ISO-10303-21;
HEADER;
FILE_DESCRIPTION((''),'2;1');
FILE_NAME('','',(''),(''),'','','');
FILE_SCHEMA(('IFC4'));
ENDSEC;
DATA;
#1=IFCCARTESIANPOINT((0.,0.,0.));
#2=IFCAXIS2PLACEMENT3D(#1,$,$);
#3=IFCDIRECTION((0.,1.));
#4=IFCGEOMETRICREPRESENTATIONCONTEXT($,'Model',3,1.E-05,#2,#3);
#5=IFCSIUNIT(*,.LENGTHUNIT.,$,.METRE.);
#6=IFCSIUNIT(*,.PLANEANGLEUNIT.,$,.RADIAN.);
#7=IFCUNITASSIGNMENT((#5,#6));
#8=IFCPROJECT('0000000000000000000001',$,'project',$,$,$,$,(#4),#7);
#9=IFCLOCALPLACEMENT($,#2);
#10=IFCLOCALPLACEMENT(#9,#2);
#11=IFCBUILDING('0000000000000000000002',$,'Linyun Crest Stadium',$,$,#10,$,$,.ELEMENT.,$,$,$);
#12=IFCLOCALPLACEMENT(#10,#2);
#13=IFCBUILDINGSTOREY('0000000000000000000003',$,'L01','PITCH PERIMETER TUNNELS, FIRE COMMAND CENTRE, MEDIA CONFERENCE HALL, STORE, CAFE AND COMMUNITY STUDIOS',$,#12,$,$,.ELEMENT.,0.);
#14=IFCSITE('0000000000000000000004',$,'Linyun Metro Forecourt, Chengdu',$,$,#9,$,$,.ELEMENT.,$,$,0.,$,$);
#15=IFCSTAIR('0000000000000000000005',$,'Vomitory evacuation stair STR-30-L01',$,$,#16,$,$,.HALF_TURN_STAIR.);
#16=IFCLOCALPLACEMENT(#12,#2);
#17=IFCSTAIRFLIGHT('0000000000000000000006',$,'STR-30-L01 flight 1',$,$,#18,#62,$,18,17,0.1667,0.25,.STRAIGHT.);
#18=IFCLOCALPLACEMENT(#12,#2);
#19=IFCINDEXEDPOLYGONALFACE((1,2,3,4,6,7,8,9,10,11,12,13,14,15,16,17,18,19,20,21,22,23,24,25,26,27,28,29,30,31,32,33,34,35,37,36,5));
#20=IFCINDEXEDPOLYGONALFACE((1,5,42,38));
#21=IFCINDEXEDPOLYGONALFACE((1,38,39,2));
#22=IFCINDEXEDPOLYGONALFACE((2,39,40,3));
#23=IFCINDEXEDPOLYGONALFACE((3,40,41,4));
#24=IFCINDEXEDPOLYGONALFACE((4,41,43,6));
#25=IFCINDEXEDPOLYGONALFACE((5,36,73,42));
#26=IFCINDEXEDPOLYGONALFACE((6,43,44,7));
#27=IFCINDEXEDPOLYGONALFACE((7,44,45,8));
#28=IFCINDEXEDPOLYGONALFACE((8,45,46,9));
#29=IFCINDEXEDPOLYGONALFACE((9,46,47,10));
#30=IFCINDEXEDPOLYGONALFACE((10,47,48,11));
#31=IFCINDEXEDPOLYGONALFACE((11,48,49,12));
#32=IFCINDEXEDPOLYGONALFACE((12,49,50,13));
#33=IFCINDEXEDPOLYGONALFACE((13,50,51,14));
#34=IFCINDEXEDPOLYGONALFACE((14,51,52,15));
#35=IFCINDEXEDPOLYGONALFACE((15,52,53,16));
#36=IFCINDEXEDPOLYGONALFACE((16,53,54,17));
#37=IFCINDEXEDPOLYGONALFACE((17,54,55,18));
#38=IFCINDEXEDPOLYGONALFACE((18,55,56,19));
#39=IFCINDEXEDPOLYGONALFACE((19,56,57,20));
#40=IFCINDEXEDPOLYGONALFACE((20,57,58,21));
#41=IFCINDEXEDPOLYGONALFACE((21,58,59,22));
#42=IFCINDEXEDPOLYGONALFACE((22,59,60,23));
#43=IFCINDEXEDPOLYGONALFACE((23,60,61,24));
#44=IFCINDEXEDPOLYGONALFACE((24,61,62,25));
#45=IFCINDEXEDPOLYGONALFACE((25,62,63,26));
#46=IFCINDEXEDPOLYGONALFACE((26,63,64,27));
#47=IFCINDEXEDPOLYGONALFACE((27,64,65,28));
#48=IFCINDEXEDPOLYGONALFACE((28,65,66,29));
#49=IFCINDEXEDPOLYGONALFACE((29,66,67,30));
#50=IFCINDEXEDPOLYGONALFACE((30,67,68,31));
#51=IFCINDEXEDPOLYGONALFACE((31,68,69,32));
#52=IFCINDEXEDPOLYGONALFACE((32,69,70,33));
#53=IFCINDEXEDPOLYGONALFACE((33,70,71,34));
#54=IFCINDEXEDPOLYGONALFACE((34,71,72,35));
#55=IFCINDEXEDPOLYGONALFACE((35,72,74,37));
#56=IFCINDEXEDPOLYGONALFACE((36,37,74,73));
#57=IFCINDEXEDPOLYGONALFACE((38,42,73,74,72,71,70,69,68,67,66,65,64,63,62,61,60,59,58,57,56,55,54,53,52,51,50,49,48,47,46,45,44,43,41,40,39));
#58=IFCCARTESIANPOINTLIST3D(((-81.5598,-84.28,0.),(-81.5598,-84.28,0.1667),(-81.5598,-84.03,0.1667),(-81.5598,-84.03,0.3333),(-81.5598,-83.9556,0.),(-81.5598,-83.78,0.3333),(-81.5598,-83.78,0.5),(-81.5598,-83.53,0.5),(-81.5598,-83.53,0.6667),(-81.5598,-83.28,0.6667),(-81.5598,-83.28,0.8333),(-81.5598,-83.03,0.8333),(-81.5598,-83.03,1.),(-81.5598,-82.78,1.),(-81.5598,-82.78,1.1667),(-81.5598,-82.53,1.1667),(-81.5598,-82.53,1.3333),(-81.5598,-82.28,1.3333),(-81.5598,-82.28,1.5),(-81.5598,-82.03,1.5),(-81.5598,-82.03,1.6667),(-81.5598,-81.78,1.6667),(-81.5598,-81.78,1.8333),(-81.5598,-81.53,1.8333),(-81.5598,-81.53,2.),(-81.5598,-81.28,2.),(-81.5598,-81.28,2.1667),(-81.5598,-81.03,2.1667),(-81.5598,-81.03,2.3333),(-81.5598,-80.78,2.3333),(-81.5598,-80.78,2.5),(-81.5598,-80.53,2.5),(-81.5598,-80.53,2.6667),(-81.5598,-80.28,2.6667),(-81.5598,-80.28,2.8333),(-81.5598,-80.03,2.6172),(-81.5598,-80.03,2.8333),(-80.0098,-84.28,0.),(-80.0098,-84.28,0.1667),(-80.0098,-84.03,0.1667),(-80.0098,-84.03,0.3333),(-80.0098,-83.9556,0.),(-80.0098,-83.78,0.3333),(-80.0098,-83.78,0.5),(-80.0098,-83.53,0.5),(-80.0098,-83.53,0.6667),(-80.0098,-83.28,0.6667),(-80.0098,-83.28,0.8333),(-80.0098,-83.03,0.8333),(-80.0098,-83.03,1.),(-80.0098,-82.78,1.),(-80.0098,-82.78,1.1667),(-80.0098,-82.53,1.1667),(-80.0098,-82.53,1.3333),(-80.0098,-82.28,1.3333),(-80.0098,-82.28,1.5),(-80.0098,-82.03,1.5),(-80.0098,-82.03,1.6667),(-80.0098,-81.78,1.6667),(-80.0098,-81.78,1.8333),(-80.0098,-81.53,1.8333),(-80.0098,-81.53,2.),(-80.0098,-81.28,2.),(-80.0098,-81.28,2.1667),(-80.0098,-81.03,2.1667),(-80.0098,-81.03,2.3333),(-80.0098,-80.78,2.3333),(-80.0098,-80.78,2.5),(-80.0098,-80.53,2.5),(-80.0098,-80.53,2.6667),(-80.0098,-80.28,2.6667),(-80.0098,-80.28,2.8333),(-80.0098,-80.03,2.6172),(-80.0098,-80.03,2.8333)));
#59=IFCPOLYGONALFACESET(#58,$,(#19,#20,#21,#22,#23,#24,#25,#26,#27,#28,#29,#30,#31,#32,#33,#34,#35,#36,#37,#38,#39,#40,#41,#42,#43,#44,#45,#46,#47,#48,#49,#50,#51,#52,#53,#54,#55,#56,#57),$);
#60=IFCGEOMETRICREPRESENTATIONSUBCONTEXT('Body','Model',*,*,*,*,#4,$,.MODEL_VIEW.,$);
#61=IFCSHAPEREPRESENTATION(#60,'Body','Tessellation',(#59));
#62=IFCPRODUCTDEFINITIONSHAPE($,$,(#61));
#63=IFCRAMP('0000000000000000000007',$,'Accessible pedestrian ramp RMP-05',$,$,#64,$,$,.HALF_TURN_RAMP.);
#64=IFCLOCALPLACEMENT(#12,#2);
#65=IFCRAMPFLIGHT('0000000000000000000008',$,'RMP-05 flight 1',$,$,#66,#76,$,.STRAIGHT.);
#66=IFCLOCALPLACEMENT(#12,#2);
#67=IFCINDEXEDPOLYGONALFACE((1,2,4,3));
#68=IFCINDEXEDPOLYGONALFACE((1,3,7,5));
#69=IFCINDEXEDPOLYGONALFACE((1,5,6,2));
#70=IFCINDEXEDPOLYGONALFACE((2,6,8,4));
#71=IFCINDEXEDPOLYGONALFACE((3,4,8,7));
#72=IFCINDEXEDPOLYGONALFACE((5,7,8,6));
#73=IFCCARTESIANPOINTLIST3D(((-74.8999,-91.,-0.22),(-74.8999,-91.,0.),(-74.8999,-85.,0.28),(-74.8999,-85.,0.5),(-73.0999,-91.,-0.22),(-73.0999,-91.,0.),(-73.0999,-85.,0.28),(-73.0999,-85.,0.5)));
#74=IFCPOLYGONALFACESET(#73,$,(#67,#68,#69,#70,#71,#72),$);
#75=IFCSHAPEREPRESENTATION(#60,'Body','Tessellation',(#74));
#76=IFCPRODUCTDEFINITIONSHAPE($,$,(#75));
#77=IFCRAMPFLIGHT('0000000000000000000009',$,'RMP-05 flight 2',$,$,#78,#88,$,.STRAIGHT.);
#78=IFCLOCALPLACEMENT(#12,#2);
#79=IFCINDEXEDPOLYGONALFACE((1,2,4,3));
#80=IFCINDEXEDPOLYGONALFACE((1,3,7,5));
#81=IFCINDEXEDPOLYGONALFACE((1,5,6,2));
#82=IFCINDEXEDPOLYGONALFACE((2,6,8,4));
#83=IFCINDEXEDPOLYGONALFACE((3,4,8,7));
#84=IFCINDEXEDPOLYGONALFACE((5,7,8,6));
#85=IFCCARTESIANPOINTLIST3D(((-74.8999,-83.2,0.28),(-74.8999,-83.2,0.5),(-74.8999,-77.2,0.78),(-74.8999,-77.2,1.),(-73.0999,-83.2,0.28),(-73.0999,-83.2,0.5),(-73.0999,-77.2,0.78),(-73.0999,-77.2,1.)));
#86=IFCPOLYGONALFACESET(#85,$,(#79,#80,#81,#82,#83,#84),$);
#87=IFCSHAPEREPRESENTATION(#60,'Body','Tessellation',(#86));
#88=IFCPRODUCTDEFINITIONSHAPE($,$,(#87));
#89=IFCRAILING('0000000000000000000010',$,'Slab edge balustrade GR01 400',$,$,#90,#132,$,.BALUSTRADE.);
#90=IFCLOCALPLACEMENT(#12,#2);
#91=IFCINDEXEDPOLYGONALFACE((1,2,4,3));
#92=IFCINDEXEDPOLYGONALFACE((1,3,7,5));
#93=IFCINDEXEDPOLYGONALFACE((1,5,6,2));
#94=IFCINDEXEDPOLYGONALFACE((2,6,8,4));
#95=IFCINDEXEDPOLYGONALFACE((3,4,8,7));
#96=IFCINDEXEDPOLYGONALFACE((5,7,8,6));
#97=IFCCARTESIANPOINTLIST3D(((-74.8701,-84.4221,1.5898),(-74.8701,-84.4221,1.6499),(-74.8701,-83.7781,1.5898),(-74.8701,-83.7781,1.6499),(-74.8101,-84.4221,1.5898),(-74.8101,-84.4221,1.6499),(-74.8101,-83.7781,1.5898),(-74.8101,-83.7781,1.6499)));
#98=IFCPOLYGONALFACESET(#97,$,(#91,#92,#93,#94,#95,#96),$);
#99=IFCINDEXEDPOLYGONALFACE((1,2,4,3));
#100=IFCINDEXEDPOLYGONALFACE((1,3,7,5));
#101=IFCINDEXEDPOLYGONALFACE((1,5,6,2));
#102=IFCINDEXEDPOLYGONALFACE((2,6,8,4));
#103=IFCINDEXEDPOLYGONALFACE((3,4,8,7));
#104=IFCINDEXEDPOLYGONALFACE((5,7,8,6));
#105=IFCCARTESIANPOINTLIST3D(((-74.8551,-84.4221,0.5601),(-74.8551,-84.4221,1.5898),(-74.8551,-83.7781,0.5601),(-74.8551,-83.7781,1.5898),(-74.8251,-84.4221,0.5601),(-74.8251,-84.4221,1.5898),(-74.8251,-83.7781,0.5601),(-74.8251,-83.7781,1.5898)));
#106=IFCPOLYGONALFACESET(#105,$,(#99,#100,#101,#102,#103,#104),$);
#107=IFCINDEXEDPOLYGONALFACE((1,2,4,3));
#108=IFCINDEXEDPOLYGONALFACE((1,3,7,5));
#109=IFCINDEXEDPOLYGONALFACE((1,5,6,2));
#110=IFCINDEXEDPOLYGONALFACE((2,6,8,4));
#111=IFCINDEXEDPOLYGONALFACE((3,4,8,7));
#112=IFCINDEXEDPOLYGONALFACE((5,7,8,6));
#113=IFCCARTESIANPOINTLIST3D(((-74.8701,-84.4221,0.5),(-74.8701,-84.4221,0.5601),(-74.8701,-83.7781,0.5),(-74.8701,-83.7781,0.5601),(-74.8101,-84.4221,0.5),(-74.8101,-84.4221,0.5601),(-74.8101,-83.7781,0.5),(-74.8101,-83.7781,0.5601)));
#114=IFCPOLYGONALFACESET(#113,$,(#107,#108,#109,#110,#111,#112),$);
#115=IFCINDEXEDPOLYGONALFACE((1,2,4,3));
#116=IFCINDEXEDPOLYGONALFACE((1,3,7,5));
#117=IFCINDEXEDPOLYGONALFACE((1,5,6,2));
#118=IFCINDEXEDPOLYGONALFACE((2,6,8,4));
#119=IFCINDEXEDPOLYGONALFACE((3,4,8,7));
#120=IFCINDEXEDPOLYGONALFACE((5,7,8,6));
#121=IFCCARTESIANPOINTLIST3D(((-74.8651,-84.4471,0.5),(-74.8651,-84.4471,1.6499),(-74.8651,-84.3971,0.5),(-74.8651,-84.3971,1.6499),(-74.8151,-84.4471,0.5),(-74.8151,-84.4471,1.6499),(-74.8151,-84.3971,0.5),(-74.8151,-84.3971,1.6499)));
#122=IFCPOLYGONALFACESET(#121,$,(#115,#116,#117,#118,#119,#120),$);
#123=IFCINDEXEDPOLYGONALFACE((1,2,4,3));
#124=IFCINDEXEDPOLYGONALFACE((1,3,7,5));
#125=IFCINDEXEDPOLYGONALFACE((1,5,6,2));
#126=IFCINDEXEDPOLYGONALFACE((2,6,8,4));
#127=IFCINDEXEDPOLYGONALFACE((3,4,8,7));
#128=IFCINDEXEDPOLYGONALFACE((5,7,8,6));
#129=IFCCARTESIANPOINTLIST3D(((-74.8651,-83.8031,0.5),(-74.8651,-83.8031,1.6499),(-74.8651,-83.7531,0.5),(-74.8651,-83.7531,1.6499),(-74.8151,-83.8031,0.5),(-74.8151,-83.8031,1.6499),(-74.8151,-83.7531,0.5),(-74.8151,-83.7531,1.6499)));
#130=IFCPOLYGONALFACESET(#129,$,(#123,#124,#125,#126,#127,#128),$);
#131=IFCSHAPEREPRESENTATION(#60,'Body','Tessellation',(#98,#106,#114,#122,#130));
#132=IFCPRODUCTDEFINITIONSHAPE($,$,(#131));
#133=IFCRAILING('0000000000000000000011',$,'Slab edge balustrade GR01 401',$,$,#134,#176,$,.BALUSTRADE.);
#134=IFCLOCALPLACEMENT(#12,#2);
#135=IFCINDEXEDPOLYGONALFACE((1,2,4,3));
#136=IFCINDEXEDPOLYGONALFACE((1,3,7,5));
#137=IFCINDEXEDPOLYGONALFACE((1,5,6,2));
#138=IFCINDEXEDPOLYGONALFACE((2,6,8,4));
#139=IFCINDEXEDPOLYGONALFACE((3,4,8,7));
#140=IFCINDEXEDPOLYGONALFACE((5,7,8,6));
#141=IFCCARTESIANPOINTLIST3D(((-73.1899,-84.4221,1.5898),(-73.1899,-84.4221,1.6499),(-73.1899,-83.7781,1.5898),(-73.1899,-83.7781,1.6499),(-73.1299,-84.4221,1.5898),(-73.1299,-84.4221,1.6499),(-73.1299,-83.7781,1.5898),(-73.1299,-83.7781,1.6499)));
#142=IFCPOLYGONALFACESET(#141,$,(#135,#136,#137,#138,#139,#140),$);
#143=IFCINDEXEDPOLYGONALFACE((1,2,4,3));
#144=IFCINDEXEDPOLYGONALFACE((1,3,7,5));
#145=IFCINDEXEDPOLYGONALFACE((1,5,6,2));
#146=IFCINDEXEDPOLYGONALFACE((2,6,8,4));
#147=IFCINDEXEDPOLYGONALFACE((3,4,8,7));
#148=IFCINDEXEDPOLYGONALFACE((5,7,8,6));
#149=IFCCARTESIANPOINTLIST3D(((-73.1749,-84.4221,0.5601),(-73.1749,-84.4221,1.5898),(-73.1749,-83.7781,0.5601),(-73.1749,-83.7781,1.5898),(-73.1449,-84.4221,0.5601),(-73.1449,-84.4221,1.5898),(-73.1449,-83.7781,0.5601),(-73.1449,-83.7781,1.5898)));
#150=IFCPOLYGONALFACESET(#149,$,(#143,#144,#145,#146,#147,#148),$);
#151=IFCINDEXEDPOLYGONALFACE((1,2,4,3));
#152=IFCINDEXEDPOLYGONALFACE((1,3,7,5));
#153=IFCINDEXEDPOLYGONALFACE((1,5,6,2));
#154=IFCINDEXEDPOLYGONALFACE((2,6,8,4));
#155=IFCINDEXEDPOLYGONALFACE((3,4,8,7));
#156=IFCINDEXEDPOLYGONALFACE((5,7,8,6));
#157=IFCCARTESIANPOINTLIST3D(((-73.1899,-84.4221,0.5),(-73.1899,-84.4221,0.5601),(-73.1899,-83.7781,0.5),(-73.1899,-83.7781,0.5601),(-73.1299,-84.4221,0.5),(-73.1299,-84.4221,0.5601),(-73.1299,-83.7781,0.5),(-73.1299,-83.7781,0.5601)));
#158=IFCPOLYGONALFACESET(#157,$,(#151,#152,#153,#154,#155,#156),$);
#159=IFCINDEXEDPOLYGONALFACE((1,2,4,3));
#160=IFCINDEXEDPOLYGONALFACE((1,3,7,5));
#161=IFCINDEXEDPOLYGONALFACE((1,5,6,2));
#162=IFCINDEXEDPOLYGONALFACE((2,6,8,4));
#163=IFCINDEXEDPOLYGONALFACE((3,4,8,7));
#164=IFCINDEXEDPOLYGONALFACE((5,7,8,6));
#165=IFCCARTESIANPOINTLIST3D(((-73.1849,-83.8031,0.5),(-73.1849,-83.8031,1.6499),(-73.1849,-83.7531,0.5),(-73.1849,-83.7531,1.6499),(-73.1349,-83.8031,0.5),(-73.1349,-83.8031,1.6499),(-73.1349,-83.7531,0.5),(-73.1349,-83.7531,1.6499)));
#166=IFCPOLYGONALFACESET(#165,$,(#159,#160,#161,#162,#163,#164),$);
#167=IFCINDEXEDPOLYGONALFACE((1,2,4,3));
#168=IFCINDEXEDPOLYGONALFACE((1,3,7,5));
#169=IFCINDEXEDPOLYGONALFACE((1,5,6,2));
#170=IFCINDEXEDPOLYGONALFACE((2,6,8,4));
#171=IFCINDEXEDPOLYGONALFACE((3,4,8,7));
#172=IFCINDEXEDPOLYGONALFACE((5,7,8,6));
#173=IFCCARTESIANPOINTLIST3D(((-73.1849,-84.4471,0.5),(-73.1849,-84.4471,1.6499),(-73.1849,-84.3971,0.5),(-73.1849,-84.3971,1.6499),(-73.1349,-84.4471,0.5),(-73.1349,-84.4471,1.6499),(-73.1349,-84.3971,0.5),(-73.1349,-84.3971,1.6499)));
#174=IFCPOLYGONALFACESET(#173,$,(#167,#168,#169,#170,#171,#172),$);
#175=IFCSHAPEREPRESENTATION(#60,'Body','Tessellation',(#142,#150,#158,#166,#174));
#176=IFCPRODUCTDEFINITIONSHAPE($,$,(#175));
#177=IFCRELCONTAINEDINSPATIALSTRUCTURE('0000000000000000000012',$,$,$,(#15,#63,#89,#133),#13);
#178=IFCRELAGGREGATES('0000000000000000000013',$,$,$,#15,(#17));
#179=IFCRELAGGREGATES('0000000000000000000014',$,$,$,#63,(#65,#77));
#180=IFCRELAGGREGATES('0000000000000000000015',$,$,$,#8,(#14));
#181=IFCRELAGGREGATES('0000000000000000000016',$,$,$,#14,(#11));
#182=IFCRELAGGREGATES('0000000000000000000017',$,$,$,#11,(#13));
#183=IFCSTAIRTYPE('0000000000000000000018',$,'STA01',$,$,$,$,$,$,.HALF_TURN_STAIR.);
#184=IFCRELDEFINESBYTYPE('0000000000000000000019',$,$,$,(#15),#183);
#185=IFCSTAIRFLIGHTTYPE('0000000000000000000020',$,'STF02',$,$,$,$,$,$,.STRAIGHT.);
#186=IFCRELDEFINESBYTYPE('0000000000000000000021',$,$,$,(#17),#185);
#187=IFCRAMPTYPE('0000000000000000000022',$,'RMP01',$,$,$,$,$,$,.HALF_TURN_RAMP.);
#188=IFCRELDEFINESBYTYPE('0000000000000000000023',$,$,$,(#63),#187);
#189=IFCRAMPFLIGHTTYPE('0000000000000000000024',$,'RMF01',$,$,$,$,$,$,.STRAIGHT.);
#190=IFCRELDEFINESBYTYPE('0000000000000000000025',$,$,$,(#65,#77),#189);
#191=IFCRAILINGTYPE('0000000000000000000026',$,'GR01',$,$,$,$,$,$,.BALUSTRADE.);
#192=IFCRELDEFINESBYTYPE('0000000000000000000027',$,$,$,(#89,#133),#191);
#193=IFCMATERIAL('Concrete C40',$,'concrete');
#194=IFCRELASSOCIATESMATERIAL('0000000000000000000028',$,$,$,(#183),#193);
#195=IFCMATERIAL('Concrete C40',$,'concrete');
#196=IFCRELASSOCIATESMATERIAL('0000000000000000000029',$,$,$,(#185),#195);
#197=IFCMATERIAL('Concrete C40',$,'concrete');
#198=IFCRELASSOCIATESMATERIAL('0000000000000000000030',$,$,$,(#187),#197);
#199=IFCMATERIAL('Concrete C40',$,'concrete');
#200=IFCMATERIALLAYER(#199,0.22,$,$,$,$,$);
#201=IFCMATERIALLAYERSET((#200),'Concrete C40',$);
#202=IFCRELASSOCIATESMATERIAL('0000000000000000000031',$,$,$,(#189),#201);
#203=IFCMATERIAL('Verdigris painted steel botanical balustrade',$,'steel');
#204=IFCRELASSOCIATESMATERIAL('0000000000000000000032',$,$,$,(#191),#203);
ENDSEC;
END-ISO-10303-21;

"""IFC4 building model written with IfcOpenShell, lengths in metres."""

from ifc_helpers import new_model, si_unit, direction, frame, origin, origin_2d, place, context, subcontext, project, spatial, polyline, rectangle, outline, extrude, material, layer, layer_set, type_object, element, aggregate, save


model = new_model("IFC4")

# Units and contexts
model_context = context("Model", 3, precision=1e-05, world=origin(), true_north=direction((0.0, 1.0)))
body_context = subcontext(model_context, "Body", "Model", "MODEL_VIEW")
ifc_project = project(units=[si_unit("LENGTHUNIT", "METRE"), si_unit("PLANEANGLEUNIT", "RADIAN")], contexts=[model_context])

# Site, building, storey
site_placement = place(None, origin())
site = spatial("IfcSite", under=ifc_project, at=site_placement, Name="Linyun Metro Forecourt, Chengdu", CompositionType="ELEMENT", RefElevation=0.0)
building_placement = place(site_placement, origin())
building = spatial("IfcBuilding", under=site, at=building_placement, Name="Linyun Crest Stadium", CompositionType="ELEMENT")
storey_placement = place(building_placement, origin())
storey = spatial("IfcBuildingStorey", under=building, at=storey_placement, Name="L01", Description="PITCH PERIMETER TUNNELS, FIRE COMMAND CENTRE, MEDIA CONFERENCE HALL, STORE, CAFE AND COMMUNITY STUDIOS", CompositionType="ELEMENT", Elevation=0.0)

# Stair, stair flight
ifc_material_1 = material(Name="Concrete C40", Category="concrete")
stair_type = type_object("IfcStairType", Name="STA01", PredefinedType="HALF_TURN_STAIR", material=ifc_material_1)
stair_placement = place(storey_placement, origin())
stair = element("IfcStair", 1, at=stair_placement, inside=storey, type_object=stair_type, Name="Vomitory evacuation stair STR-30-L01", PredefinedType="HALF_TURN_STAIR")
ifc_material_2 = material(Name="Concrete C40", Category="concrete")
stair_flight_type = type_object("IfcStairFlightType", Name="STF02", PredefinedType="STRAIGHT", material=ifc_material_2)
stair_flight_placement = place(storey_placement, frame((-80.7849, -84.28, 0.0), z_axis=(0.0, 0.0, 1.0), x_axis=(0.0, 1.0, 0.0)))
stair_flight = element("IfcStairFlight", 2, at=stair_flight_placement, type_object=stair_flight_type, Name="STR-30-L01 flight 1", NumberOfRisers=18, NumberOfTreads=17, PredefinedType="STRAIGHT", RiserHeight=0.1667, TreadLength=0.25, context=body_context, shape_type="SweptSolid", body=[
    extrude(outline(polyline([(0.0, 0.0), (0.0, 0.1667), (0.25, 0.1667), (0.25, 0.3333), (0.5, 0.3333), (0.5, 0.5), (0.75, 0.5), (0.75, 0.6667), (1.0, 0.6667), (1.0, 0.8333), (1.25, 0.8333), (1.25, 1.0), (1.5, 1.0), (1.5, 1.1667), (1.75, 1.1667), (1.75, 1.3333), (2.0, 1.3333), (2.0, 1.5), (2.25, 1.5), (2.25, 1.6667), (2.5, 1.6667), (2.5, 1.8333), (2.75, 1.8333), (2.75, 2.0), (3.0, 2.0), (3.0, 2.1667), (3.25, 2.1667), (3.25, 2.3333), (3.5, 2.3333), (3.5, 2.5), (3.75, 2.5), (3.75, 2.6667), (4.0, 2.6667), (4.0, 2.8333), (4.25, 2.8333), (4.25, 3.0), (4.25, 2.6172), (0.3245, 0.0), (0.0, 0.0)])), frame((0.0, 0.7749, 0.0), z_axis=(0.0, -1.0, 0.0), x_axis=(1.0, 0.0, 0.0)), (0.0, 0.0, 1.0), 1.55),
])
aggregate(stair, [stair_flight])

# Ramp, ramp flights
ifc_material_3 = material(Name="Concrete C40", Category="concrete")
ramp_type = type_object("IfcRampType", Name="RMP01", PredefinedType="HALF_TURN_RAMP", material=ifc_material_3)
ramp_placement = place(storey_placement, origin())
ramp = element("IfcRamp", 3, at=ramp_placement, inside=storey, type_object=ramp_type, Name="Accessible pedestrian ramp RMP-05", PredefinedType="HALF_TURN_RAMP")
ifc_material_4 = material(Name="Concrete C40", Category="concrete")
ifc_layer_1 = layer(ifc_material_4, 0.22)
ifc_layer_set_1 = layer_set([ifc_layer_1], Name="Concrete C40")
ramp_flight_type = type_object("IfcRampFlightType", Name="RMF01", PredefinedType="STRAIGHT", material=ifc_layer_set_1)
ramp_flight_1_placement = place(storey_placement, frame((-74.0, -91.0, 0.0), z_axis=(0.0, 0.0, 1.0), x_axis=(0.0, 1.0, 0.0)))
ramp_flight_1 = element("IfcRampFlight", 4, at=ramp_flight_1_placement, type_object=ramp_flight_type, Name="RMP-05 flight 1", PredefinedType="STRAIGHT", context=body_context, shape_type="SweptSolid", body=[
    extrude(outline(polyline([(0.0, 0.0), (6.0, 0.5), (6.0, 0.28), (0.0, -0.22), (0.0, 0.0)])), frame((0.0, 0.8999, 0.0), z_axis=(0.0, -1.0, 0.0), x_axis=(1.0, 0.0, 0.0)), (0.0, 0.0, 1.0), 1.8),
])
ramp_flight_2_placement = place(storey_placement, frame((-74.0, -83.2, 0.5), z_axis=(0.0, 0.0, 1.0), x_axis=(0.0, 1.0, 0.0)))
ramp_flight_2 = element("IfcRampFlight", 5, at=ramp_flight_2_placement, type_object=ramp_flight_type, Name="RMP-05 flight 2", PredefinedType="STRAIGHT", context=body_context, shape_type="SweptSolid", body=[
    extrude(outline(polyline([(0.0, 0.0), (6.0, 0.5), (6.0, 0.28), (0.0, -0.22), (0.0, 0.0)])), frame((0.0, 0.8999, 0.0), z_axis=(0.0, -1.0, 0.0), x_axis=(1.0, 0.0, 0.0)), (0.0, 0.0, 1.0), 1.8),
])
aggregate(ramp, [ramp_flight_1, ramp_flight_2])

# Railings
ifc_material_5 = material(Name="Verdigris painted steel botanical balustrade", Category="steel")
railing_type_1 = type_object("IfcRailingType", Name="GR01", PredefinedType="BALUSTRADE", material=ifc_material_5)
railing_1_placement = place(storey_placement, frame((-74.8401, -84.4221, 0.5)))
element("IfcRailing", 6, at=railing_1_placement, inside=storey, type_object=railing_type_1, Name="Slab edge balustrade GR01 400", PredefinedType="BALUSTRADE", context=body_context, shape_type="SweptSolid", body=[
    extrude(rectangle(XDim=0.0601, YDim=0.0601, at=origin_2d()), frame((0.0, 0.0, 1.1199), z_axis=(0.0, 1.0, 0.0), x_axis=(-1.0, 0.0, 0.0)), (0.0, 0.0, 1.0), 0.644),
    extrude(rectangle(XDim=0.03, YDim=1.0298, at=origin_2d()), frame((0.0, 0.0, 0.575), z_axis=(0.0, 1.0, 0.0), x_axis=(-1.0, 0.0, 0.0)), (0.0, 0.0, 1.0), 0.644),
    extrude(rectangle(XDim=0.0601, YDim=0.0601, at=origin_2d()), frame((0.0, 0.0, 0.03), z_axis=(0.0, 1.0, 0.0), x_axis=(-1.0, 0.0, 0.0)), (0.0, 0.0, 1.0), 0.644),
    extrude(rectangle(XDim=0.05, YDim=0.05, at=origin_2d()), origin(), (0.0, 0.0, 1.0), 1.1499),
    extrude(rectangle(XDim=0.05, YDim=0.05, at=origin_2d()), frame((0.0, 0.644, 0.0)), (0.0, 0.0, 1.0), 1.1499),
])
railing_2_placement = place(storey_placement, frame((-73.1599, -83.7781, 0.5)))
element("IfcRailing", 7, at=railing_2_placement, inside=storey, type_object=railing_type_1, Name="Slab edge balustrade GR01 401", PredefinedType="BALUSTRADE", context=body_context, shape_type="SweptSolid", body=[
    extrude(rectangle(XDim=0.0601, YDim=0.0601, at=origin_2d()), frame((0.0, 0.0, 1.1199), z_axis=(0.0, -1.0, 0.0), x_axis=(1.0, 0.0, 0.0)), (0.0, 0.0, 1.0), 0.644),
    extrude(rectangle(XDim=0.03, YDim=1.0298, at=origin_2d()), frame((0.0, 0.0, 0.575), z_axis=(0.0, -1.0, 0.0), x_axis=(1.0, 0.0, 0.0)), (0.0, 0.0, 1.0), 0.644),
    extrude(rectangle(XDim=0.0601, YDim=0.0601, at=origin_2d()), frame((0.0, 0.0, 0.03), z_axis=(0.0, -1.0, 0.0), x_axis=(1.0, 0.0, 0.0)), (0.0, 0.0, 1.0), 0.644),
    extrude(rectangle(XDim=0.05, YDim=0.05, at=origin_2d()), origin(), (0.0, 0.0, 1.0), 1.1499),
    extrude(rectangle(XDim=0.05, YDim=0.05, at=origin_2d()), frame((0.0, -0.644, 0.0)), (0.0, 0.0, 1.0), 1.1499),
])

save(model, "model.ifc")
